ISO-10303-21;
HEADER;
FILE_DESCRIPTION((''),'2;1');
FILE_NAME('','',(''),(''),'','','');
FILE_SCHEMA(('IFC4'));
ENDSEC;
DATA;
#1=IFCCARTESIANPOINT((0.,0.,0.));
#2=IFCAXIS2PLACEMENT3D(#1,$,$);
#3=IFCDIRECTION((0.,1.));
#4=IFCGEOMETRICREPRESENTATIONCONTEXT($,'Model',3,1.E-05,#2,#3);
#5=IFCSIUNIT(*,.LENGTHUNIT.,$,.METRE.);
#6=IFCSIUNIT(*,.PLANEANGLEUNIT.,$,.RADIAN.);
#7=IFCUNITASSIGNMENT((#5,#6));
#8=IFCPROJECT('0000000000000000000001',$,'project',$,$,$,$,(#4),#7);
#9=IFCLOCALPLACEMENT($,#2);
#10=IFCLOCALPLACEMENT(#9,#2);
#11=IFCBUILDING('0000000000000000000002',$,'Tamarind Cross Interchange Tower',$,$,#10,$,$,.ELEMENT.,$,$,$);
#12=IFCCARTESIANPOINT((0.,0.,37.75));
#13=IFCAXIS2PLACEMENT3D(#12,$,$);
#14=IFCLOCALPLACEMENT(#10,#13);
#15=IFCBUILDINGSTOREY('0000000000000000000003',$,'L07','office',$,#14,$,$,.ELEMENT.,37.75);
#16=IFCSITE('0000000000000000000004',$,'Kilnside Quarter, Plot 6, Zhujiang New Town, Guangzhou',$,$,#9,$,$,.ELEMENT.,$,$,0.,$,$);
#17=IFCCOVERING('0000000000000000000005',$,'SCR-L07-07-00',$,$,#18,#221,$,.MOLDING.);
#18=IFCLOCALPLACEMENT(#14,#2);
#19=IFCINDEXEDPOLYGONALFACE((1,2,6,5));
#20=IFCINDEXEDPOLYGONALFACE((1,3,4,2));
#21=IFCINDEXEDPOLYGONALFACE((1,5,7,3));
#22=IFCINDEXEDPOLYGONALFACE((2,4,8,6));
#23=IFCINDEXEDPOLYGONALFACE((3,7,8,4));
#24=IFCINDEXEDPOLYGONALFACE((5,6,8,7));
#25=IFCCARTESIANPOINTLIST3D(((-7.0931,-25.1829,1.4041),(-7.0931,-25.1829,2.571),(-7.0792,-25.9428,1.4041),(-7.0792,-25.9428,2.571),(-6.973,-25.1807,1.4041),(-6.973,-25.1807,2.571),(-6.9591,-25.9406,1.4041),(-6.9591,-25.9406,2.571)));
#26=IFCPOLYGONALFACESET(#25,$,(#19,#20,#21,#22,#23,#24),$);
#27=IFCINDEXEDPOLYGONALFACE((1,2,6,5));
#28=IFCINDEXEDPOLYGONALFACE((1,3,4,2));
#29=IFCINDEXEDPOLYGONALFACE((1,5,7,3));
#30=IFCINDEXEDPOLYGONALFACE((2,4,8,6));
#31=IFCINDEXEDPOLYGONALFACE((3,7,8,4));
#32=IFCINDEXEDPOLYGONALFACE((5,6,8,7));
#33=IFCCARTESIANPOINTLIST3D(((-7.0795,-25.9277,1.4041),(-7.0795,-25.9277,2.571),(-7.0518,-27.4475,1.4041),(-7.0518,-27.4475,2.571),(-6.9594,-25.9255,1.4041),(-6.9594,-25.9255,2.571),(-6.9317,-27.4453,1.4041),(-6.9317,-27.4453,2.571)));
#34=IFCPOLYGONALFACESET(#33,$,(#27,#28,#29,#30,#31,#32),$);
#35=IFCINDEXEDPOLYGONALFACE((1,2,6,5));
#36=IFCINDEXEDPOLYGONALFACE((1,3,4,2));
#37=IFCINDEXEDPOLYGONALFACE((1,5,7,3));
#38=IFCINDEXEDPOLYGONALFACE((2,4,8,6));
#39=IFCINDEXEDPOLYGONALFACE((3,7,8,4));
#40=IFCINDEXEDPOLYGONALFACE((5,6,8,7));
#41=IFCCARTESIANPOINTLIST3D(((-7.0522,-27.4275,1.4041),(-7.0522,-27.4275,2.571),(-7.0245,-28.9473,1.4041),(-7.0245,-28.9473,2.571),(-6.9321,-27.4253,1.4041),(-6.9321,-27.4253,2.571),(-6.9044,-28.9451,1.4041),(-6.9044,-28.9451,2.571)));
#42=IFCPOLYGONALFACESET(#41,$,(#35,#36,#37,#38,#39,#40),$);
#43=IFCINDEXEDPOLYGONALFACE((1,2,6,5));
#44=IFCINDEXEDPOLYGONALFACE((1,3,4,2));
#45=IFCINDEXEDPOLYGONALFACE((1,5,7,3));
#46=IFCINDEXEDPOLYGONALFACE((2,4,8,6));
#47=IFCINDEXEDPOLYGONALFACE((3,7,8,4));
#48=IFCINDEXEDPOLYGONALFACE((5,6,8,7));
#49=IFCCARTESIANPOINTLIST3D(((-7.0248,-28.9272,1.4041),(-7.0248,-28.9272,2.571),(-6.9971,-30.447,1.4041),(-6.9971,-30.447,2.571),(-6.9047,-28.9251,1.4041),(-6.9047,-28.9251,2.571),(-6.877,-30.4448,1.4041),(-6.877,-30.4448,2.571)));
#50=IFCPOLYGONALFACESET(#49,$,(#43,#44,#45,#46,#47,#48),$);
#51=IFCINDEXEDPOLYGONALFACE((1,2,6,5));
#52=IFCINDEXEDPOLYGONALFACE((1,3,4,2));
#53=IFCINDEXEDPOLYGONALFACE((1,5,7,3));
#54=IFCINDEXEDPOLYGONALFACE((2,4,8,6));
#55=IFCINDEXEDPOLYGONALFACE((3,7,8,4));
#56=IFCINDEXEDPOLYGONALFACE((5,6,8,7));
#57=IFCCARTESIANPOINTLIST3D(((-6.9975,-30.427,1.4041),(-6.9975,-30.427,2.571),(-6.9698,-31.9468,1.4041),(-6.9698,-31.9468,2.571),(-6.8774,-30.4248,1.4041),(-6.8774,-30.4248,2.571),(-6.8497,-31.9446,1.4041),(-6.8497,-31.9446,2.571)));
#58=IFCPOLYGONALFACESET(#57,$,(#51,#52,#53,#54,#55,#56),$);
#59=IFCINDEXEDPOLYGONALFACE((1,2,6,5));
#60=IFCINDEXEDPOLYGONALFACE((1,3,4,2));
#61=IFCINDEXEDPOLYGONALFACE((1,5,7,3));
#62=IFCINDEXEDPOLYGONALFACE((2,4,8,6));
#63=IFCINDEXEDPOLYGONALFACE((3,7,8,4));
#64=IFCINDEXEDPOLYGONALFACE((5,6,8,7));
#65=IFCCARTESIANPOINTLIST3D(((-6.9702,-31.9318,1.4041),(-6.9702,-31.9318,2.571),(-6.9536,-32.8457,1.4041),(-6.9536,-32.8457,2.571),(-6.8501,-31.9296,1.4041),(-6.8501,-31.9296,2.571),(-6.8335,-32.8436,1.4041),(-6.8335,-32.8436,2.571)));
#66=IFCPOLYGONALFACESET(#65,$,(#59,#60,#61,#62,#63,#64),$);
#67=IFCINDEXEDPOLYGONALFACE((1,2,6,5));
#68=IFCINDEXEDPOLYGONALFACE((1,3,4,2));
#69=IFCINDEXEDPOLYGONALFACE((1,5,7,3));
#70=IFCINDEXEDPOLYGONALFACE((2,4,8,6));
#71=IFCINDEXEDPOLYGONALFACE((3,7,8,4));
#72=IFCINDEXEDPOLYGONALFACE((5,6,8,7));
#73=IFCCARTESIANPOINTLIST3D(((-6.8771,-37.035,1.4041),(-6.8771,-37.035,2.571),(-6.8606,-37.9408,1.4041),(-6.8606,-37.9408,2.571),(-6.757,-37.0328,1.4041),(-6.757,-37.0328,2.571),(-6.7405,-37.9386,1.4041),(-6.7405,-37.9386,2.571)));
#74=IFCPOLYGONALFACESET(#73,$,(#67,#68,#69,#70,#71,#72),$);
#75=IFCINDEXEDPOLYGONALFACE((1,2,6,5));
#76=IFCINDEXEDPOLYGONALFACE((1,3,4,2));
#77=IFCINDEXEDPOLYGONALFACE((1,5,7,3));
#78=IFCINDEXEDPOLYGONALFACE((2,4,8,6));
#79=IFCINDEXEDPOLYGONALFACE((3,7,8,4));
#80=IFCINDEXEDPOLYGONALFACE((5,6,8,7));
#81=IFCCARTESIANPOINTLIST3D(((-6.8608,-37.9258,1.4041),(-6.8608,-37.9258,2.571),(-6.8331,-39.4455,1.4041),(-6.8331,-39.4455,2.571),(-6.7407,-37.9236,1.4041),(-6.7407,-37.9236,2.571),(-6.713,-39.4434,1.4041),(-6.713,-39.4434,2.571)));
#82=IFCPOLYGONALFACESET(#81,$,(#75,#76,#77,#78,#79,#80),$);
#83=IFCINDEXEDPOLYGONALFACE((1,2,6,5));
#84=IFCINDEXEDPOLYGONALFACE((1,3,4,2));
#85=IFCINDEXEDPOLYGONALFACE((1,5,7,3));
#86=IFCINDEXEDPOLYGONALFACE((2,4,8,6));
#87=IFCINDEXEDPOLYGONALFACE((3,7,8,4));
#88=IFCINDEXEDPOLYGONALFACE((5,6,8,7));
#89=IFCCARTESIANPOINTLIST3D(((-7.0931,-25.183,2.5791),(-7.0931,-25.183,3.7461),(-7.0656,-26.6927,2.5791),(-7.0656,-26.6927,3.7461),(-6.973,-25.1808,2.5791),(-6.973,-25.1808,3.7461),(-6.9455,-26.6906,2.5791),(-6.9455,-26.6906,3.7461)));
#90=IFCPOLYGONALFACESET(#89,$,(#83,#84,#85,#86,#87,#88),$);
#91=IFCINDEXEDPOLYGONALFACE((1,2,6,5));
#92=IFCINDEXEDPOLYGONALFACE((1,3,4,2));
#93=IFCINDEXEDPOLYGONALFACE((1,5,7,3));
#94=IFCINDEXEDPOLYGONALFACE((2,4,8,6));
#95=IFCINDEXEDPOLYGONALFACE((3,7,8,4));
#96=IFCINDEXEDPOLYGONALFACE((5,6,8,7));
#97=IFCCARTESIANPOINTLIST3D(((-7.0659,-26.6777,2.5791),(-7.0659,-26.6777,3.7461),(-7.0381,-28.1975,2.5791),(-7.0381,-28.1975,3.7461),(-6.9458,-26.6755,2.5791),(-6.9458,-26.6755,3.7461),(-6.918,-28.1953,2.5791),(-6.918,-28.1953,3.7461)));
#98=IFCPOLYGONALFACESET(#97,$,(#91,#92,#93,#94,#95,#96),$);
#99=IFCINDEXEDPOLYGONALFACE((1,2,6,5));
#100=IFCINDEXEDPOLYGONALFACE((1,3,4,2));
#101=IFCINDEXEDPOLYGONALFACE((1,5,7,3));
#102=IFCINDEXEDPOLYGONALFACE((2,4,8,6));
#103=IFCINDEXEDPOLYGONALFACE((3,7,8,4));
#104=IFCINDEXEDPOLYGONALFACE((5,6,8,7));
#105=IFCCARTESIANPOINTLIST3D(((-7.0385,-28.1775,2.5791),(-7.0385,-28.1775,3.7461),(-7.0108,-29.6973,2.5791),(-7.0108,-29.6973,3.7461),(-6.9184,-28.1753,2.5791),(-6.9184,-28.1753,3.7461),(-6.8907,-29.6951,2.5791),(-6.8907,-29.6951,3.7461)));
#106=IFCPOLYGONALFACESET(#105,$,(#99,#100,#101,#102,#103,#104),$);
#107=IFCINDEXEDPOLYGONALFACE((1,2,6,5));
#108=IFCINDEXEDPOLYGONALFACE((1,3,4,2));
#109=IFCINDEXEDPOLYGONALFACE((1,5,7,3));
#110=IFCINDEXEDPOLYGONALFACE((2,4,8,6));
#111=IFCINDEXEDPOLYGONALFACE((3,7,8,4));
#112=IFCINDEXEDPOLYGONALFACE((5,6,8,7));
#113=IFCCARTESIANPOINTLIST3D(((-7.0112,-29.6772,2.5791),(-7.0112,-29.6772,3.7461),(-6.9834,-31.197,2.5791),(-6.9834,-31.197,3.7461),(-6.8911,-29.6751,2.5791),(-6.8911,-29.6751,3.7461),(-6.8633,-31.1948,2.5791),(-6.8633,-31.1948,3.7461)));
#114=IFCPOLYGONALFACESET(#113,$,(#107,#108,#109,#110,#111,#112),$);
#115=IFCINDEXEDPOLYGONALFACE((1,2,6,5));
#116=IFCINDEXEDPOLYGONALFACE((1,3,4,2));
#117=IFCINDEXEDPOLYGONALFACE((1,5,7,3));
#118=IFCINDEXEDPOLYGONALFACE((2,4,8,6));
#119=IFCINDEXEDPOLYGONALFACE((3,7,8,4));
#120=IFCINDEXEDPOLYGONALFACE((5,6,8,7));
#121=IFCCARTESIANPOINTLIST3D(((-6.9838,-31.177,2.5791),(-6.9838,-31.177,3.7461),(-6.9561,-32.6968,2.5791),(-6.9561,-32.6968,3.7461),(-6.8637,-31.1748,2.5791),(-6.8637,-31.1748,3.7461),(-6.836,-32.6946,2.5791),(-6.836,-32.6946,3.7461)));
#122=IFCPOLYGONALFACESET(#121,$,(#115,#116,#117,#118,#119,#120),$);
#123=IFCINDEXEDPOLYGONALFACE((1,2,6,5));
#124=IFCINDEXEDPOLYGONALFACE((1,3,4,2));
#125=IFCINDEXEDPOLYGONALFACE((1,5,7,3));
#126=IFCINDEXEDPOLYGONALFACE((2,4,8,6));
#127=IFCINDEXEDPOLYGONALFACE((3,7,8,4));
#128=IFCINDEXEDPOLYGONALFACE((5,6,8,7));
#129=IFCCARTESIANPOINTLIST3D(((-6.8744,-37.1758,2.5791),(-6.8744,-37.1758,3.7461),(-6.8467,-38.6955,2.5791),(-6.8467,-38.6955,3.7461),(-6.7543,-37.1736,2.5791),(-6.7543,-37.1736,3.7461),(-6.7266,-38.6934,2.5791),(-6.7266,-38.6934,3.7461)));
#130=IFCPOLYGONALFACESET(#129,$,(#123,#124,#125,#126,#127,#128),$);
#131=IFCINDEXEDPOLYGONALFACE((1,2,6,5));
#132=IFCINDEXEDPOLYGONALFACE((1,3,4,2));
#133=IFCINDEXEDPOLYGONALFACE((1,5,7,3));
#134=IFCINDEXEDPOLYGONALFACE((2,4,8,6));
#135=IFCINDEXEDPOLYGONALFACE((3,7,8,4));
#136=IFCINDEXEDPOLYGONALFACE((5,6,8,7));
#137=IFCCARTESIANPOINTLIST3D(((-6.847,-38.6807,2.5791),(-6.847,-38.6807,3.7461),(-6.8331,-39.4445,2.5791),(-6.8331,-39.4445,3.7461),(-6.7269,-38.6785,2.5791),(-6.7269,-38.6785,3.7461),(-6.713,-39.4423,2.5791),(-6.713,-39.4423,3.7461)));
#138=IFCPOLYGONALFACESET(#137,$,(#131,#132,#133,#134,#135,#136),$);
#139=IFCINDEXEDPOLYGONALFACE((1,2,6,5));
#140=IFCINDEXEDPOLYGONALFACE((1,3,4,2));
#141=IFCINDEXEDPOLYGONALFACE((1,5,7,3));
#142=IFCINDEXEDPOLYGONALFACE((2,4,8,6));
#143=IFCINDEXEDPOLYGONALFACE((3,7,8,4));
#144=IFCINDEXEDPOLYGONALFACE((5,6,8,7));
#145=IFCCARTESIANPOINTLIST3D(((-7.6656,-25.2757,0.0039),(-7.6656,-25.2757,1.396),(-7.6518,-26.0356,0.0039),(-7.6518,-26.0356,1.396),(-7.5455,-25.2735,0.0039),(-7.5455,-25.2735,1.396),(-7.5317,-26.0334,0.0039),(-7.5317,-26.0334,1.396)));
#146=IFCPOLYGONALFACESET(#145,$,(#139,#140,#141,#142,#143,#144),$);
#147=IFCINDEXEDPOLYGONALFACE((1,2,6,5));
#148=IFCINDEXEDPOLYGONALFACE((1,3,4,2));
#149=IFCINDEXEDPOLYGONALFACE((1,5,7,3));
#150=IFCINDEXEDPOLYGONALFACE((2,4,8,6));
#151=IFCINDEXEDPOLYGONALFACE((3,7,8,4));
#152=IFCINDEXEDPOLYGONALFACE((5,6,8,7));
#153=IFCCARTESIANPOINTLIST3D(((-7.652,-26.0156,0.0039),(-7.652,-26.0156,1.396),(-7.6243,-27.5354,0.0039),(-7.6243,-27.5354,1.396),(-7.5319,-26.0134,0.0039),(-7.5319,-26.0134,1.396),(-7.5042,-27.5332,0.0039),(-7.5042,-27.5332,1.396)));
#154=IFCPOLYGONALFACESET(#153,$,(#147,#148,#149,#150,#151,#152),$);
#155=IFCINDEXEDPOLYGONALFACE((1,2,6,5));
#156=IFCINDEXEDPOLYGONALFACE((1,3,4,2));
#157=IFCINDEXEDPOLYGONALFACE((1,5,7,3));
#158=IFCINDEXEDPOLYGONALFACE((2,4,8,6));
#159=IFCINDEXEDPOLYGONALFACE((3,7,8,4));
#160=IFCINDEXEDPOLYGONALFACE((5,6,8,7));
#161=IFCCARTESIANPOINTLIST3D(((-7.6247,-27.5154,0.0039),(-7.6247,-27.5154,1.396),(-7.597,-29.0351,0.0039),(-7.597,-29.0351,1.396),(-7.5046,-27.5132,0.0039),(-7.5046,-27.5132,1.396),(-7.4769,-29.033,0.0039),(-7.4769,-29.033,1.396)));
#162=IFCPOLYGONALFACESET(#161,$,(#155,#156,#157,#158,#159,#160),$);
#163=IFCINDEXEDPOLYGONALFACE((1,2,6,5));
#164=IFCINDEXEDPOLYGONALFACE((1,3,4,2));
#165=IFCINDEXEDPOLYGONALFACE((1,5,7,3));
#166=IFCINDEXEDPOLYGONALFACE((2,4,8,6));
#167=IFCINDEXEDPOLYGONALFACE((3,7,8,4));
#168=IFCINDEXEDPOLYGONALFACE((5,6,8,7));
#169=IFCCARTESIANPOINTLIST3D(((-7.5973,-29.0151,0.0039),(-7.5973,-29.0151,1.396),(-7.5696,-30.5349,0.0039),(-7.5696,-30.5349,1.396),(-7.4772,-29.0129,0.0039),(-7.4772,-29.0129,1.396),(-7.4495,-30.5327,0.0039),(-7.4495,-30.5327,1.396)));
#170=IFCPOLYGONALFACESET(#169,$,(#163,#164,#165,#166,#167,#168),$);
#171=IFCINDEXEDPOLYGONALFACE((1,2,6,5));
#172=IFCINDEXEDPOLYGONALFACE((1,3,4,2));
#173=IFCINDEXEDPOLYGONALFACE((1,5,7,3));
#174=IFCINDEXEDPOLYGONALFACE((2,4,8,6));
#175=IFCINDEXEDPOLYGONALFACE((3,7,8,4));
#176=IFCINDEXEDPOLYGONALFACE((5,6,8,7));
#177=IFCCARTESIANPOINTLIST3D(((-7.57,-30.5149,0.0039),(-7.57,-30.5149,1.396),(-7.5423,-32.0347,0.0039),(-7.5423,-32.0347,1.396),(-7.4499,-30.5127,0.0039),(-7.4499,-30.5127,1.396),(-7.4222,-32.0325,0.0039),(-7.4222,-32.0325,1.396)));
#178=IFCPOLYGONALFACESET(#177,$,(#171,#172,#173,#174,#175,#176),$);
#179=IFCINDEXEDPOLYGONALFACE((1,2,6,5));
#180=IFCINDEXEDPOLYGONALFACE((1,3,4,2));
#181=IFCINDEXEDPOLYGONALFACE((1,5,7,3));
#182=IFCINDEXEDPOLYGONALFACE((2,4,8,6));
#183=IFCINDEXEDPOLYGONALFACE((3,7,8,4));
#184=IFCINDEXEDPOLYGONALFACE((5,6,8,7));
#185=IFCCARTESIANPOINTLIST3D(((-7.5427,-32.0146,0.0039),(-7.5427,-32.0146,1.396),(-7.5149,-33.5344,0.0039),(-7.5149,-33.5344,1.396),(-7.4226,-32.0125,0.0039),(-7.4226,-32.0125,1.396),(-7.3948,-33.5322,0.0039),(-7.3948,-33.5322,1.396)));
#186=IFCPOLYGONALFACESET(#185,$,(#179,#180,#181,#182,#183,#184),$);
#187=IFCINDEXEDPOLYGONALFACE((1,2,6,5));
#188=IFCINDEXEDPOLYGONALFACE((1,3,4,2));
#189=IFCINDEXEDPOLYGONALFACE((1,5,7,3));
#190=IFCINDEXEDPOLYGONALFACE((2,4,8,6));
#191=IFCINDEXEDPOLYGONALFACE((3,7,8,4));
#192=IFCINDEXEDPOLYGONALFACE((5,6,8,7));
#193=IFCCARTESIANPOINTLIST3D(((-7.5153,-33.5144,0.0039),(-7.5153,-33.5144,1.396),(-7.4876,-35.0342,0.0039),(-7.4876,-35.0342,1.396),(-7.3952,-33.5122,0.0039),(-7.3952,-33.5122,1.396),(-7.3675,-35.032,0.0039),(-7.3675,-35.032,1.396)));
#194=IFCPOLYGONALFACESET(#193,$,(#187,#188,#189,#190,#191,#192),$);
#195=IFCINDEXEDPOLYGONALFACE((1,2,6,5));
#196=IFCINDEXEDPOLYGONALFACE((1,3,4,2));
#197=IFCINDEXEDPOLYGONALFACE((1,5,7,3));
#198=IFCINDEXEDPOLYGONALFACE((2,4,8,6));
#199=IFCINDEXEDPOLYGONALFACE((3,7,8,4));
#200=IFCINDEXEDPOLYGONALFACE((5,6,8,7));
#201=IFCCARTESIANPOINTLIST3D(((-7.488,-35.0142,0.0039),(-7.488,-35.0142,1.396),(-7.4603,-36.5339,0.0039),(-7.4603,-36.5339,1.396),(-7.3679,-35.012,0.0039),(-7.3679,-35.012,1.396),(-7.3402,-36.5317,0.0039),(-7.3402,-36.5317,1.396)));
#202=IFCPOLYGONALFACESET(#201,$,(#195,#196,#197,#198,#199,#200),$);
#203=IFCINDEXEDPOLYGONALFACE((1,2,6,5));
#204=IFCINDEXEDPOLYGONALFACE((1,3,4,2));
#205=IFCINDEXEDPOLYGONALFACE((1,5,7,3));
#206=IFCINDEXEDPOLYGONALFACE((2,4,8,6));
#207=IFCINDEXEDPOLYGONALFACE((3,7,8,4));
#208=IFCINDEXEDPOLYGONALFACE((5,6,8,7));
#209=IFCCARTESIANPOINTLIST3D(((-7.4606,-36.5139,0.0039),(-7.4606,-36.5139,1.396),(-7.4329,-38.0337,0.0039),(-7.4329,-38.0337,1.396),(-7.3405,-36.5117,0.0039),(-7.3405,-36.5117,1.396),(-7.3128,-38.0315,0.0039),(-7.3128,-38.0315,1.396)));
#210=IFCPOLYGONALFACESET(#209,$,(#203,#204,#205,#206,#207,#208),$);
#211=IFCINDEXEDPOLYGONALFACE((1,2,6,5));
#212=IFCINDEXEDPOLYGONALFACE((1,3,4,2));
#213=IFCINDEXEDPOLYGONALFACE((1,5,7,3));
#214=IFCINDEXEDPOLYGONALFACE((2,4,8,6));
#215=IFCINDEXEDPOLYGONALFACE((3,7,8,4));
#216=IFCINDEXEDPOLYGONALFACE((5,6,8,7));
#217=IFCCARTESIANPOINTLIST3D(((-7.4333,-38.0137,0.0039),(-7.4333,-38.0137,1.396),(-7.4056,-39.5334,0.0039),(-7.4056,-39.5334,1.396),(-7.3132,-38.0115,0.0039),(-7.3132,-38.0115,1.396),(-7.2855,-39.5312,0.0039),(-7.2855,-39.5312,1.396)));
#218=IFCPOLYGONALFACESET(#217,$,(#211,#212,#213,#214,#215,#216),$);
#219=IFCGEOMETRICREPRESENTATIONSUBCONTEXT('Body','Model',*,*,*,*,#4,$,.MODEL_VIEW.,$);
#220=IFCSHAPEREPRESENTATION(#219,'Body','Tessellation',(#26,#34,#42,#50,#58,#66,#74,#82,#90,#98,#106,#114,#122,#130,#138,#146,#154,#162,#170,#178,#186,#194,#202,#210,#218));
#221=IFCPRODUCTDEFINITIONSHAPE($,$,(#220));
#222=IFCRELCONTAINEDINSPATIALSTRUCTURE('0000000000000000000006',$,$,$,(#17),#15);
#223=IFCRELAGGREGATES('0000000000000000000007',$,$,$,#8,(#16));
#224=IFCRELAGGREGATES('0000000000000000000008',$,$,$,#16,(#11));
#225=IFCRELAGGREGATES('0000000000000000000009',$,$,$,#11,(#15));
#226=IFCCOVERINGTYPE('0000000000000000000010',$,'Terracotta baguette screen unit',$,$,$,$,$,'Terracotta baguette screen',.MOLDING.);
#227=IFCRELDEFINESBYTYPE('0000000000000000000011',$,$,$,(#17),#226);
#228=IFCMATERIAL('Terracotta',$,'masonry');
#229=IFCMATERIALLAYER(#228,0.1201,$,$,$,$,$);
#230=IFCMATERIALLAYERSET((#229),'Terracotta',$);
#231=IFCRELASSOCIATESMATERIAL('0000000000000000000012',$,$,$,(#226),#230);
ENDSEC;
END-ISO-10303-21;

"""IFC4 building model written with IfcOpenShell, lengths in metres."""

from ifc_helpers import new_model, si_unit, direction, frame, origin, origin_2d, place, context, subcontext, project, spatial, rectangle, extrude, material, layer, layer_set, type_object, element, save


model = new_model("IFC4")

# Units and contexts
model_context = context("Model", 3, precision=1e-05, world=origin(), true_north=direction((0.0, 1.0)))
body_context = subcontext(model_context, "Body", "Model", "MODEL_VIEW")
ifc_project = project(units=[si_unit("LENGTHUNIT", "METRE"), si_unit("PLANEANGLEUNIT", "RADIAN")], contexts=[model_context])

# Site, building, storey
site_placement = place(None, origin())
site = spatial("IfcSite", under=ifc_project, at=site_placement, Name="Kilnside Quarter, Plot 6, Zhujiang New Town, Guangzhou", CompositionType="ELEMENT", RefElevation=0.0)
building_placement = place(site_placement, origin())
building = spatial("IfcBuilding", under=site, at=building_placement, Name="Tamarind Cross Interchange Tower", CompositionType="ELEMENT")
storey_placement = place(building_placement, frame((0.0, 0.0, 37.75)))
storey = spatial("IfcBuildingStorey", under=building, at=storey_placement, Name="L07", Description="office", CompositionType="ELEMENT", Elevation=37.75)

# Covering
ifc_material_1 = material(Name="Terracotta", Category="masonry")
ifc_layer_1 = layer(ifc_material_1, 0.1201)
ifc_layer_set_1 = layer_set([ifc_layer_1], Name="Terracotta")
covering_type = type_object("IfcCoveringType", Name="Terracotta baguette screen unit", ElementType="Terracotta baguette screen", PredefinedType="MOLDING", material=ifc_layer_set_1)
covering_placement = place(storey_placement, origin())
element("IfcCovering", 1, at=covering_placement, inside=storey, type_object=covering_type, Name="SCR-L07-07-00", PredefinedType="MOLDING", context=body_context, shape_type="SweptSolid", body=[
    extrude(rectangle(XDim=0.76, YDim=0.1201, at=origin_2d()), frame((-7.0261, -25.5618, 1.4041), z_axis=(0.0, 0.0, 1.0), x_axis=(0.018234, -0.999834, 0.0)), (0.0, 0.0, 1.0), 1.167),
    extrude(rectangle(XDim=1.52, YDim=0.1201, at=origin_2d()), frame((-7.0056, -26.6865, 1.4041), z_axis=(0.0, 0.0, 1.0), x_axis=(0.018234, -0.999834, 0.0)), (0.0, 0.0, 1.0), 1.167),
    extrude(rectangle(XDim=1.52, YDim=0.1201, at=origin_2d()), frame((-6.9783, -28.1863, 1.4041), z_axis=(0.0, 0.0, 1.0), x_axis=(0.018234, -0.999834, 0.0)), (0.0, 0.0, 1.0), 1.167),
    extrude(rectangle(XDim=1.52, YDim=0.1201, at=origin_2d()), frame((-6.9509, -29.686, 1.4041), z_axis=(0.0, 0.0, 1.0), x_axis=(0.018234, -0.999834, 0.0)), (0.0, 0.0, 1.0), 1.167),
    extrude(rectangle(XDim=1.52, YDim=0.1201, at=origin_2d()), frame((-6.9236, -31.1858, 1.4041), z_axis=(0.0, 0.0, 1.0), x_axis=(0.018234, -0.999834, 0.0)), (0.0, 0.0, 1.0), 1.167),
    extrude(rectangle(XDim=0.9141, YDim=0.1201, at=origin_2d()), frame((-6.9019, -32.3877, 1.4041), z_axis=(0.0, 0.0, 1.0), x_axis=(0.018234, -0.999834, 0.0)), (0.0, 0.0, 1.0), 1.167),
    extrude(rectangle(XDim=0.906, YDim=0.1201, at=origin_2d()), frame((-6.8088, -37.4868, 1.4041), z_axis=(0.0, 0.0, 1.0), x_axis=(0.018234, -0.999834, 0.0)), (0.0, 0.0, 1.0), 1.167),
    extrude(rectangle(XDim=1.52, YDim=0.1201, at=origin_2d()), frame((-6.7869, -38.6846, 1.4041), z_axis=(0.0, 0.0, 1.0), x_axis=(0.018234, -0.999834, 0.0)), (0.0, 0.0, 1.0), 1.167),
    extrude(rectangle(XDim=1.51, YDim=0.1201, at=origin_2d()), frame((-7.0193, -25.9368, 2.5791), z_axis=(0.0, 0.0, 1.0), x_axis=(0.018234, -0.999834, 0.0)), (0.0, 0.0, 1.0), 1.167),
    extrude(rectangle(XDim=1.52, YDim=0.1201, at=origin_2d()), frame((-6.9919, -27.4365, 2.5791), z_axis=(0.0, 0.0, 1.0), x_axis=(0.018234, -0.999834, 0.0)), (0.0, 0.0, 1.0), 1.167),
    extrude(rectangle(XDim=1.52, YDim=0.1201, at=origin_2d()), frame((-6.9646, -28.9363, 2.5791), z_axis=(0.0, 0.0, 1.0), x_axis=(0.018234, -0.999834, 0.0)), (0.0, 0.0, 1.0), 1.167),
    extrude(rectangle(XDim=1.52, YDim=0.1201, at=origin_2d()), frame((-6.9373, -30.436, 2.5791), z_axis=(0.0, 0.0, 1.0), x_axis=(0.018234, -0.999834, 0.0)), (0.0, 0.0, 1.0), 1.167),
    extrude(rectangle(XDim=1.52, YDim=0.1201, at=origin_2d()), frame((-6.9099, -31.9358, 2.5791), z_axis=(0.0, 0.0, 1.0), x_axis=(0.018234, -0.999834, 0.0)), (0.0, 0.0, 1.0), 1.167),
    extrude(rectangle(XDim=1.52, YDim=0.1201, at=origin_2d()), frame((-6.8005, -37.9346, 2.5791), z_axis=(0.0, 0.0, 1.0), x_axis=(0.018234, -0.999834, 0.0)), (0.0, 0.0, 1.0), 1.167),
    extrude(rectangle(XDim=0.7639, YDim=0.1201, at=origin_2d()), frame((-6.78, -39.0615, 2.5791), z_axis=(0.0, 0.0, 1.0), x_axis=(0.018234, -0.999834, 0.0)), (0.0, 0.0, 1.0), 1.167),
    extrude(rectangle(XDim=0.76, YDim=0.1201, at=origin_2d()), frame((-7.5986, -25.6545, 0.0039), z_axis=(0.0, 0.0, 1.0), x_axis=(0.018234, -0.999834, 0.0)), (0.0, 0.0, 1.0), 1.3921),
    extrude(rectangle(XDim=1.52, YDim=0.1201, at=origin_2d()), frame((-7.5781, -26.7744, 0.0039), z_axis=(0.0, 0.0, 1.0), x_axis=(0.018234, -0.999834, 0.0)), (0.0, 0.0, 1.0), 1.3921),
    extrude(rectangle(XDim=1.52, YDim=0.1201, at=origin_2d()), frame((-7.5508, -28.2742, 0.0039), z_axis=(0.0, 0.0, 1.0), x_axis=(0.018234, -0.999834, 0.0)), (0.0, 0.0, 1.0), 1.3921),
    extrude(rectangle(XDim=1.52, YDim=0.1201, at=origin_2d()), frame((-7.5234, -29.7739, 0.0039), z_axis=(0.0, 0.0, 1.0), x_axis=(0.018234, -0.999834, 0.0)), (0.0, 0.0, 1.0), 1.3921),
    extrude(rectangle(XDim=1.52, YDim=0.1201, at=origin_2d()), frame((-7.4961, -31.2737, 0.0039), z_axis=(0.0, 0.0, 1.0), x_axis=(0.018234, -0.999834, 0.0)), (0.0, 0.0, 1.0), 1.3921),
    extrude(rectangle(XDim=1.52, YDim=0.1201, at=origin_2d()), frame((-7.4688, -32.7734, 0.0039), z_axis=(0.0, 0.0, 1.0), x_axis=(0.018234, -0.999834, 0.0)), (0.0, 0.0, 1.0), 1.3921),
    extrude(rectangle(XDim=1.52, YDim=0.1201, at=origin_2d()), frame((-7.4414, -34.2732, 0.0039), z_axis=(0.0, 0.0, 1.0), x_axis=(0.018234, -0.999834, 0.0)), (0.0, 0.0, 1.0), 1.3921),
    extrude(rectangle(XDim=1.52, YDim=0.1201, at=origin_2d()), frame((-7.4141, -35.7729, 0.0039), z_axis=(0.0, 0.0, 1.0), x_axis=(0.018234, -0.999834, 0.0)), (0.0, 0.0, 1.0), 1.3921),
    extrude(rectangle(XDim=1.52, YDim=0.1201, at=origin_2d()), frame((-7.3867, -37.2727, 0.0039), z_axis=(0.0, 0.0, 1.0), x_axis=(0.018234, -0.999834, 0.0)), (0.0, 0.0, 1.0), 1.3921),
    extrude(rectangle(XDim=1.52, YDim=0.1201, at=origin_2d()), frame((-7.3594, -38.7725, 0.0039), z_axis=(0.0, 0.0, 1.0), x_axis=(0.018234, -0.999834, 0.0)), (0.0, 0.0, 1.0), 1.3921),
])

save(model, "model.ifc")
